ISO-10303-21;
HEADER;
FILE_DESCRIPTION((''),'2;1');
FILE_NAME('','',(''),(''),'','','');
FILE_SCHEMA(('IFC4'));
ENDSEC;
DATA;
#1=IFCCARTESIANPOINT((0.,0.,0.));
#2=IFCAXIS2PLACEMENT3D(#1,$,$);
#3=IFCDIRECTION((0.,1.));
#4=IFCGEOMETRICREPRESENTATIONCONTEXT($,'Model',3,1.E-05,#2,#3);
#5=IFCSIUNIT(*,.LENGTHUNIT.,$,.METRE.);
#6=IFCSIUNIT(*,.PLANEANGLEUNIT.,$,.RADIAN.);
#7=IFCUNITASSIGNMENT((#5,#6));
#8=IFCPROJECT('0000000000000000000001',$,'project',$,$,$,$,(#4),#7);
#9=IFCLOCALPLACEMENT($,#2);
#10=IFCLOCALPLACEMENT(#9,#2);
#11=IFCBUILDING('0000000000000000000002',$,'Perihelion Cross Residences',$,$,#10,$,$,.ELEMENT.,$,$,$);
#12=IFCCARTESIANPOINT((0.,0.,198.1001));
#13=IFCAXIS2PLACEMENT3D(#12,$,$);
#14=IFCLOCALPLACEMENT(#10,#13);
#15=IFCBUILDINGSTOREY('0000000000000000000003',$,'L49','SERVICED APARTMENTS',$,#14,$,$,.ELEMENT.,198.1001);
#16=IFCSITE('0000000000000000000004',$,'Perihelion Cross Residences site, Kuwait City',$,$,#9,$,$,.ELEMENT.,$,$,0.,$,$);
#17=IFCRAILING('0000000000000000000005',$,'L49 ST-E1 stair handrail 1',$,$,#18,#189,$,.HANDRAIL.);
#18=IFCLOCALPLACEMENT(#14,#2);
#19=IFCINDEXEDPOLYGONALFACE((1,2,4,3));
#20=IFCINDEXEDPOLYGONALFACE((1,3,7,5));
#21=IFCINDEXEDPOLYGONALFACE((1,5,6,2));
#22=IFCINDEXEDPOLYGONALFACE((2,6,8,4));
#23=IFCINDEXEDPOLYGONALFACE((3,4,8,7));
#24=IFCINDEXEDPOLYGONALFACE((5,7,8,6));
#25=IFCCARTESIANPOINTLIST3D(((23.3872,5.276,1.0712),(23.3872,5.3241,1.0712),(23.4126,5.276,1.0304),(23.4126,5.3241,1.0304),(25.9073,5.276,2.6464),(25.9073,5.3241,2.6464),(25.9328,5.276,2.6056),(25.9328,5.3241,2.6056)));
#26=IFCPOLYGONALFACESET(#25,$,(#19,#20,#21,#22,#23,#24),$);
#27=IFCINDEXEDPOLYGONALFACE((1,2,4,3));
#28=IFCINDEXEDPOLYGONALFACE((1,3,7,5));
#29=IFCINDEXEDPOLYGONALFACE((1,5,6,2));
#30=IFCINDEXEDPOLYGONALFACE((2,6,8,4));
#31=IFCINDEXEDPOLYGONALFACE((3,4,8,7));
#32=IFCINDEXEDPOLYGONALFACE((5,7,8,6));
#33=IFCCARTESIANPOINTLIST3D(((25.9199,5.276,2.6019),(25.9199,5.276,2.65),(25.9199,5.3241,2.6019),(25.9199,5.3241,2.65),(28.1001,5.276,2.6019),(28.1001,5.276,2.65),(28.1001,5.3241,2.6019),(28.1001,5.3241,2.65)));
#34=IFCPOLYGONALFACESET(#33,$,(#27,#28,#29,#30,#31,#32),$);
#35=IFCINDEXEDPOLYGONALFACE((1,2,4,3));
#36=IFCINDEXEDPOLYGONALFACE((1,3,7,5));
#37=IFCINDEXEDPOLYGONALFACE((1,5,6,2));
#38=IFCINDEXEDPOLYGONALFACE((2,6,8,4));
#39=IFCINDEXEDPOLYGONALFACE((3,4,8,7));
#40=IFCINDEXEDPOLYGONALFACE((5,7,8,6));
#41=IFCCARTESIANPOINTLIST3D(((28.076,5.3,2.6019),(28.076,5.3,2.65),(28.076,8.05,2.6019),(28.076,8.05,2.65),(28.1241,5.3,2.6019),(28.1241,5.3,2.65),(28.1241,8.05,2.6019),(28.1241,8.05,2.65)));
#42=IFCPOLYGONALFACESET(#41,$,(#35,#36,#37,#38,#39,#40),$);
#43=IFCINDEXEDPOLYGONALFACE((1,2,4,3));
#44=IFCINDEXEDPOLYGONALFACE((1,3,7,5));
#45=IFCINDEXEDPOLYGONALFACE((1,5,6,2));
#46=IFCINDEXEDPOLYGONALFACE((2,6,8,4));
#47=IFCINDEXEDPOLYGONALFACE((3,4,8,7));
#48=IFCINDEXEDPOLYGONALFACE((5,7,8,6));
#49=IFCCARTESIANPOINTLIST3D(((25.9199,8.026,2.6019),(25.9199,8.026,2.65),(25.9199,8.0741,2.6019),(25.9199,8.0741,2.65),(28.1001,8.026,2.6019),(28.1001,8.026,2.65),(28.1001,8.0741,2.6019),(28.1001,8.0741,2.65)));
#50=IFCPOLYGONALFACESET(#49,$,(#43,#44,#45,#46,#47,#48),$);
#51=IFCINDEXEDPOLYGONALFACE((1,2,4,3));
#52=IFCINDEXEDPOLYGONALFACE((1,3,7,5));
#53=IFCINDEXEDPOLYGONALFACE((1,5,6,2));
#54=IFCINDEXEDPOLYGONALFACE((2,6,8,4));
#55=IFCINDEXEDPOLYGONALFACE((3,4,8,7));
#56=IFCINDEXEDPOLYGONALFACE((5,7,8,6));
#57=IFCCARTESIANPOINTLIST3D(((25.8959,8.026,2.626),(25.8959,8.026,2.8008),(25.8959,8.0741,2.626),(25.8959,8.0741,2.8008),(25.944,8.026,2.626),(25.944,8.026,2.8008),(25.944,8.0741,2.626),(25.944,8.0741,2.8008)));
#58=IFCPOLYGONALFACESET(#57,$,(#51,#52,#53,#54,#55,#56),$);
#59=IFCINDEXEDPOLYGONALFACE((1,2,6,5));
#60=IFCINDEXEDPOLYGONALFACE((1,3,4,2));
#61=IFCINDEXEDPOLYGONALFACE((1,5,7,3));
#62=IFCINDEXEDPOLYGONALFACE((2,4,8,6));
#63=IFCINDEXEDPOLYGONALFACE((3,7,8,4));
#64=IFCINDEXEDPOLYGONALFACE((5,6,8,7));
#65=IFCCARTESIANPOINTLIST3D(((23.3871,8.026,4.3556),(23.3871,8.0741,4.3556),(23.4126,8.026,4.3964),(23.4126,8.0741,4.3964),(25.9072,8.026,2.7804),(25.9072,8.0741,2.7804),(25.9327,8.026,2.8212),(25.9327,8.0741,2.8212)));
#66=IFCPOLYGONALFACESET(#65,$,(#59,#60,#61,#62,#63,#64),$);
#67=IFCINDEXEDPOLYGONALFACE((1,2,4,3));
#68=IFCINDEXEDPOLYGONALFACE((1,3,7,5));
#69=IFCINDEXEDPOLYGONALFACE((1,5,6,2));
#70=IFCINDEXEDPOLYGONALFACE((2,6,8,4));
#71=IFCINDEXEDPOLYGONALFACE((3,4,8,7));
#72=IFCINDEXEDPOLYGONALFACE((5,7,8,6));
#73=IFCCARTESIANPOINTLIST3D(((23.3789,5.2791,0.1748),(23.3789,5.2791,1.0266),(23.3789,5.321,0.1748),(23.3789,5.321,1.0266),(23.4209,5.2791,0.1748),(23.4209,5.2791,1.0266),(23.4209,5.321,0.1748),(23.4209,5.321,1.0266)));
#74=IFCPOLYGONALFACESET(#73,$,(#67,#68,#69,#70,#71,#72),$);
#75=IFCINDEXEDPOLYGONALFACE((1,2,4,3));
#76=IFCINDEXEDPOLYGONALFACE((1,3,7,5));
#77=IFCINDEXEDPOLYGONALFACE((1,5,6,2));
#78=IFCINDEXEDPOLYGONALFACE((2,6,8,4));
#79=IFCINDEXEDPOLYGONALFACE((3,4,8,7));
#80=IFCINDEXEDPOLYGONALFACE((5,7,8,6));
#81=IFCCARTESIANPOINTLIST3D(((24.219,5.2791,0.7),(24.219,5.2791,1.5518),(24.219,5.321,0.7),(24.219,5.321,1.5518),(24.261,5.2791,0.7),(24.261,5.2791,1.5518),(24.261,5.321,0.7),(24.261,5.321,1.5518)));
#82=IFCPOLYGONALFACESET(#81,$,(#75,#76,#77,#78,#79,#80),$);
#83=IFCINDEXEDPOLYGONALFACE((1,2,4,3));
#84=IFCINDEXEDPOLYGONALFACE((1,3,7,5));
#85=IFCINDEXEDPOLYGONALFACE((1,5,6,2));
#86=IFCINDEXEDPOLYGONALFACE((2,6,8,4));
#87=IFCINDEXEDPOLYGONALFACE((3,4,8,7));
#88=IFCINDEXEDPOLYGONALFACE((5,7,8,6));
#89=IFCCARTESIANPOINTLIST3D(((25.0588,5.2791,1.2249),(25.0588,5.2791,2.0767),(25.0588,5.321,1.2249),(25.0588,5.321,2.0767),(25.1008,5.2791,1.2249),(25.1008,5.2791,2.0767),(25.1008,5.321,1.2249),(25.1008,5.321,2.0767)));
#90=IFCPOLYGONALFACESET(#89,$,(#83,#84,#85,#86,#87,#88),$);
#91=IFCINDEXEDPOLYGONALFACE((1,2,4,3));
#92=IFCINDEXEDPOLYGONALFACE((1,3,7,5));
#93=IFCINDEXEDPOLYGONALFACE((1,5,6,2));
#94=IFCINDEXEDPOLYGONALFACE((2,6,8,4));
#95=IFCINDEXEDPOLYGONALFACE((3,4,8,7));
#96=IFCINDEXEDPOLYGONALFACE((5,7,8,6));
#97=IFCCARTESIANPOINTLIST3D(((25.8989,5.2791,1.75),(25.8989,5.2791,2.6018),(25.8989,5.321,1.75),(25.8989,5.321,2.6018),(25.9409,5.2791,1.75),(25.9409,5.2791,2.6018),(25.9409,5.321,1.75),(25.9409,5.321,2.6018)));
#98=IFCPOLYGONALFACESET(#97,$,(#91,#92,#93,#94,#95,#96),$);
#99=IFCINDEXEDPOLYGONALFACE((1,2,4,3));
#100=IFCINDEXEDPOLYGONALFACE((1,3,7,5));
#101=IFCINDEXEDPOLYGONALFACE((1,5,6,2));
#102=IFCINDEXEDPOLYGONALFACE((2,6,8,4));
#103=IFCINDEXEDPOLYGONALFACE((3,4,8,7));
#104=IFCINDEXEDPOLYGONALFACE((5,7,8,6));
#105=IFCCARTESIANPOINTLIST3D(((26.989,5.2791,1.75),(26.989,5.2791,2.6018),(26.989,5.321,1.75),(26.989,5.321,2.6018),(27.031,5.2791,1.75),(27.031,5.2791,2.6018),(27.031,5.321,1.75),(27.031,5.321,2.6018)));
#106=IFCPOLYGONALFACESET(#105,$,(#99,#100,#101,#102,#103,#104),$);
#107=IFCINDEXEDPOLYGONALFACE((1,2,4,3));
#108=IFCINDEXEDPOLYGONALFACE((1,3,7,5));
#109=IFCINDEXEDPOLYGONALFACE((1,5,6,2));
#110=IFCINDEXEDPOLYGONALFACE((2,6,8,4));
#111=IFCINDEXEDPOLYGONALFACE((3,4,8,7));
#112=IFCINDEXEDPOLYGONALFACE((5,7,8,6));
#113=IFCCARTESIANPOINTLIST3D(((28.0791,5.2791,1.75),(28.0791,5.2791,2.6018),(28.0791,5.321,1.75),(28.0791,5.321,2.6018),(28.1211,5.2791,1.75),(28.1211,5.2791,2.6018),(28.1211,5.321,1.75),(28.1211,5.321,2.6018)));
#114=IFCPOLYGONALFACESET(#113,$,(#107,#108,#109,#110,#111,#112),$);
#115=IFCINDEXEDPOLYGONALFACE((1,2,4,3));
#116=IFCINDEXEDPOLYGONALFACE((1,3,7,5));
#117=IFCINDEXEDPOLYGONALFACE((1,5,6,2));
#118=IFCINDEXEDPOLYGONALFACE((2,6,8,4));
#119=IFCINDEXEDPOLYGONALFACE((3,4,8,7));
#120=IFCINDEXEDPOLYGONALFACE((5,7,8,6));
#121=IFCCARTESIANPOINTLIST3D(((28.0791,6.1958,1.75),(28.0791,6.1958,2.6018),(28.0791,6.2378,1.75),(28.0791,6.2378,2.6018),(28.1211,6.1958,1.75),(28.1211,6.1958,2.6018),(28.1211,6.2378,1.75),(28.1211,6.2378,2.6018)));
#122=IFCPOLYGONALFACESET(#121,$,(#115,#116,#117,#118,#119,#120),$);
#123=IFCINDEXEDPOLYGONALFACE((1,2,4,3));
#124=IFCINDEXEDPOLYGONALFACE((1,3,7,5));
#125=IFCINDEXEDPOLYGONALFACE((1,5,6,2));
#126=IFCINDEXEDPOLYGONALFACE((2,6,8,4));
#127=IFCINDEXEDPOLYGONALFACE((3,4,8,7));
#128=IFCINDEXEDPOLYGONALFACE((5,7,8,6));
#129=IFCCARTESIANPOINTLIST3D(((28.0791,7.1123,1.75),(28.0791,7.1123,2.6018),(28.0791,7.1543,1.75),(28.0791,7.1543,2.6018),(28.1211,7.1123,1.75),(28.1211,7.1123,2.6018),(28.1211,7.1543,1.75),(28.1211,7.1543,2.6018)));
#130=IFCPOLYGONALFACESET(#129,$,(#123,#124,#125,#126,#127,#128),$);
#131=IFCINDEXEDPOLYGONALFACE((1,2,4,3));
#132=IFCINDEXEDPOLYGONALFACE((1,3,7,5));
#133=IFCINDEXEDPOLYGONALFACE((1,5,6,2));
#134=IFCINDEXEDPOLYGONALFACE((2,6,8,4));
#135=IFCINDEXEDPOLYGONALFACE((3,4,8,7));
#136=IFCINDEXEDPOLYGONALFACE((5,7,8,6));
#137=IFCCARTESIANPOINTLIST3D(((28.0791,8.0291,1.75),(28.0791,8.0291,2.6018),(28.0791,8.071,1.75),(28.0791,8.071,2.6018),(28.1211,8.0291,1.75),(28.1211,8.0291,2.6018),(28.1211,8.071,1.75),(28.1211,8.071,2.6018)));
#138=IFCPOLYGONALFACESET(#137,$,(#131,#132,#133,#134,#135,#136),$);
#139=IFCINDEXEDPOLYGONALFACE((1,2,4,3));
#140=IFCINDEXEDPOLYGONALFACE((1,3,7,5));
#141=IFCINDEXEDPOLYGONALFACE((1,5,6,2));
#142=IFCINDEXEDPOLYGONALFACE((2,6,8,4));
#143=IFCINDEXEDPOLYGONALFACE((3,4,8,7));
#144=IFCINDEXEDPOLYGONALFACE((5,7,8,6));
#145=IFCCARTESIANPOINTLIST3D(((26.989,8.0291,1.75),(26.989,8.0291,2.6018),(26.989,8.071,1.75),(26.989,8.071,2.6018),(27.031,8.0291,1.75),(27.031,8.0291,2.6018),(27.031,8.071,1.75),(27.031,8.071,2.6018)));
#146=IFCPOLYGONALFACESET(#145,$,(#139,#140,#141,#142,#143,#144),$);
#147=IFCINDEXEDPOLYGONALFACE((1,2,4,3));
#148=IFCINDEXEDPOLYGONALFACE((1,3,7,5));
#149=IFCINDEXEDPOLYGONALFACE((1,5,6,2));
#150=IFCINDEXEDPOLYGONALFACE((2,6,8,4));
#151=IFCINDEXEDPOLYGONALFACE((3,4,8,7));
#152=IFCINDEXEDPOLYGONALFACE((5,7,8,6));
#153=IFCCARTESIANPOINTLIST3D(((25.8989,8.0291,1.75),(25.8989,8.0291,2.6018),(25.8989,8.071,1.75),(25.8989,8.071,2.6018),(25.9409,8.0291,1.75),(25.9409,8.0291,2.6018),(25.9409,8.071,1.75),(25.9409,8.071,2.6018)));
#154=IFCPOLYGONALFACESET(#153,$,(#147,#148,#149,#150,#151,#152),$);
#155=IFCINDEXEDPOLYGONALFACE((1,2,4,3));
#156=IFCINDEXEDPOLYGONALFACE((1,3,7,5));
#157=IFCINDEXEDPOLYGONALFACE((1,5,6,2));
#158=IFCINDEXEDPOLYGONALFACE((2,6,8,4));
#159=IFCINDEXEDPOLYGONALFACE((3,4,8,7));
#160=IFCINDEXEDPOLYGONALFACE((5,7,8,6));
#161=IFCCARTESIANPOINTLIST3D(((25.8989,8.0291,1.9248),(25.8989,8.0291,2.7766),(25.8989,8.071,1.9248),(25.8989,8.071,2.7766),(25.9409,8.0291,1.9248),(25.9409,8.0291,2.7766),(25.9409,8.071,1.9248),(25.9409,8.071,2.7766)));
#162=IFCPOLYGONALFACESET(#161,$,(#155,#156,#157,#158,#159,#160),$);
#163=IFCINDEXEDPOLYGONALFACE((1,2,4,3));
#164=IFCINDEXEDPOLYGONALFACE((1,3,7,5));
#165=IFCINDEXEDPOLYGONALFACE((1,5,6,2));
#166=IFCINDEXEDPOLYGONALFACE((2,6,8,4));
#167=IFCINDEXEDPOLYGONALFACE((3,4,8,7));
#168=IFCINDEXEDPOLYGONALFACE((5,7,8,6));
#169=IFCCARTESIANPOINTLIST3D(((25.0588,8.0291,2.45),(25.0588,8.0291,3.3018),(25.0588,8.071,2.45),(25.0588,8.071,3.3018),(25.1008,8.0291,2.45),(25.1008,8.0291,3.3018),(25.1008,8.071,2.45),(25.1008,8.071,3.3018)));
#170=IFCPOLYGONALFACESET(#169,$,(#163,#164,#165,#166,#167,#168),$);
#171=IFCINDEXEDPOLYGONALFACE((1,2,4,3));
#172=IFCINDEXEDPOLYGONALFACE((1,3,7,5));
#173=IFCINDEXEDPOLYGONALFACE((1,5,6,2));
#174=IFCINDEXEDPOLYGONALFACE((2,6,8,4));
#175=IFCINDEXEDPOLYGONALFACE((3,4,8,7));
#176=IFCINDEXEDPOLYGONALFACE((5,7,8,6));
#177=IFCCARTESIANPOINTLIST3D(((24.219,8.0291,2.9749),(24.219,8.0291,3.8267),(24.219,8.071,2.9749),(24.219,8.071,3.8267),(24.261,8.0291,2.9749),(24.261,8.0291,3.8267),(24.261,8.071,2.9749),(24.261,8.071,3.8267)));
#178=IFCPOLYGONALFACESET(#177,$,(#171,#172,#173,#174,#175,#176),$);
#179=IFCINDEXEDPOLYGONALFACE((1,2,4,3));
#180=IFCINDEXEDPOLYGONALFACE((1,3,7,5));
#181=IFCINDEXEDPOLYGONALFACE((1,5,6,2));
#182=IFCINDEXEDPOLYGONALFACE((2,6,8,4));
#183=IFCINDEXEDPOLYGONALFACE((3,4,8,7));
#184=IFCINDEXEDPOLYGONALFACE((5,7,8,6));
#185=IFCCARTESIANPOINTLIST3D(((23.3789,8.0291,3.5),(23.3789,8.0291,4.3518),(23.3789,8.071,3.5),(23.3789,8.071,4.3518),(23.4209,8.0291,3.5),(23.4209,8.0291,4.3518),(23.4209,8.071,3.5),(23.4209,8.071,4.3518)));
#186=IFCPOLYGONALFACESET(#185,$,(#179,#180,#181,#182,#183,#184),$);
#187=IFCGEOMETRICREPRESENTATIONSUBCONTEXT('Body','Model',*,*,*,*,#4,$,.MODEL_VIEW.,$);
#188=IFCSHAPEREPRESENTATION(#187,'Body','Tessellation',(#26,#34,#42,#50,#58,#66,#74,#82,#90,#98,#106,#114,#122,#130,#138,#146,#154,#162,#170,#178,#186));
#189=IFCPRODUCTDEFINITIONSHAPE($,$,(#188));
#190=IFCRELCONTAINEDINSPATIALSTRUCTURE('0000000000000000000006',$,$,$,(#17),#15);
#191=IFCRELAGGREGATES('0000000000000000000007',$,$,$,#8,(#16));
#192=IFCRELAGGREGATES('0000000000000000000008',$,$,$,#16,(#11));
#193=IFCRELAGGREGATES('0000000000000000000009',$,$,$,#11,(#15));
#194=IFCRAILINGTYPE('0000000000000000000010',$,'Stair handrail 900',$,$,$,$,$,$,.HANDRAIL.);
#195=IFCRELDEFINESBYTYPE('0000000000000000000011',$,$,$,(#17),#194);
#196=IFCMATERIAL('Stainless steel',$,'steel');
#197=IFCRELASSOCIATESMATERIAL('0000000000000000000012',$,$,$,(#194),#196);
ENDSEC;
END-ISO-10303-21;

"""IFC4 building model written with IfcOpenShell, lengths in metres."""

from ifc_helpers import new_model, si_unit, direction, frame, origin, origin_2d, place, context, subcontext, project, spatial, rectangle, extrude, material, type_object, element, save


model = new_model("IFC4")

# Units and contexts
model_context = context("Model", 3, precision=1e-05, world=origin(), true_north=direction((0.0, 1.0)))
body_context = subcontext(model_context, "Body", "Model", "MODEL_VIEW")
ifc_project = project(units=[si_unit("LENGTHUNIT", "METRE"), si_unit("PLANEANGLEUNIT", "RADIAN")], contexts=[model_context])

# Site, building, storey
site_placement = place(None, origin())
site = spatial("IfcSite", under=ifc_project, at=site_placement, Name="Perihelion Cross Residences site, Kuwait City", CompositionType="ELEMENT", RefElevation=0.0)
building_placement = place(site_placement, origin())
building = spatial("IfcBuilding", under=site, at=building_placement, Name="Perihelion Cross Residences", CompositionType="ELEMENT")
storey_placement = place(building_placement, frame((0.0, 0.0, 198.1001)))
storey = spatial("IfcBuildingStorey", under=building, at=storey_placement, Name="L49", Description="SERVICED APARTMENTS", CompositionType="ELEMENT", Elevation=198.1001)

# Railing
ifc_material_1 = material(Name="Stainless steel", Category="steel")
railing_type_1 = type_object("IfcRailingType", Name="Stair handrail 900", PredefinedType="HANDRAIL", material=ifc_material_1)
railing_1_placement = place(storey_placement, frame((23.3999, 5.3, 0.1748)))
element("IfcRailing", 1, at=railing_1_placement, inside=storey, type_object=railing_type_1, Name="L49 ST-E1 stair handrail 1", PredefinedType="HANDRAIL", context=body_context, shape_type="SweptSolid", body=[
    extrude(rectangle(XDim=0.0481, YDim=0.0481, at=origin_2d()), frame((0.0, 0.0, 0.876), z_axis=(0.847971, 0.0, 0.530043), x_axis=(0.0, 1.0, 0.0)), (0.0, 0.0, 1.0), 2.9719),
    extrude(rectangle(XDim=0.0481, YDim=0.0481, at=origin_2d()), frame((2.52, 0.0, 2.4512), z_axis=(1.0, 0.0, 0.0), x_axis=(0.0, 1.0, 0.0)), (0.0, 0.0, 1.0), 2.1802),
    extrude(rectangle(XDim=0.0481, YDim=0.0481, at=origin_2d()), frame((4.7002, 0.0, 2.4512), z_axis=(0.0, 1.0, 0.0), x_axis=(-1.0, 0.0, 0.0)), (0.0, 0.0, 1.0), 2.75),
    extrude(rectangle(XDim=0.0481, YDim=0.0481, at=origin_2d()), frame((4.7002, 2.75, 2.4512), z_axis=(-1.0, 0.0, 0.0), x_axis=(0.0, -1.0, 0.0)), (0.0, 0.0, 1.0), 2.1802),
    extrude(rectangle(XDim=0.0481, YDim=0.0481, at=origin_2d()), frame((2.52, 2.75, 2.4512), z_axis=(0.0, 0.0, 1.0), x_axis=(1.0, 0.0, 0.0)), (0.0, 0.0, 1.0), 0.1748),
    extrude(rectangle(XDim=0.0481, YDim=0.0481, at=origin_2d()), frame((2.52, 2.75, 2.626), z_axis=(-0.847971, 0.0, 0.530043), x_axis=(0.0, -1.0, 0.0)), (0.0, 0.0, 1.0), 2.9719),
    extrude(rectangle(XDim=0.042, YDim=0.042, at=origin_2d()), origin(), (0.0, 0.0, 1.0), 0.8518),
    extrude(rectangle(XDim=0.042, YDim=0.042, at=origin_2d()), frame((0.8401, 0.0, 0.5251)), (0.0, 0.0, 1.0), 0.8518),
    extrude(rectangle(XDim=0.042, YDim=0.042, at=origin_2d()), frame((1.6799, 0.0, 1.05)), (0.0, 0.0, 1.0), 0.8518),
    extrude(rectangle(XDim=0.042, YDim=0.042, at=origin_2d()), frame((2.52, 0.0, 1.5752)), (0.0, 0.0, 1.0), 0.8518),
    extrude(rectangle(XDim=0.042, YDim=0.042, at=origin_2d()), frame((3.6101, 0.0, 1.5752)), (0.0, 0.0, 1.0), 0.8518),
    extrude(rectangle(XDim=0.042, YDim=0.042, at=origin_2d()), frame((4.7002, 0.0, 1.5752)), (0.0, 0.0, 1.0), 0.8518),
    extrude(rectangle(XDim=0.042, YDim=0.042, at=origin_2d()), frame((4.7002, 0.9167, 1.5752)), (0.0, 0.0, 1.0), 0.8518),
    extrude(rectangle(XDim=0.042, YDim=0.042, at=origin_2d()), frame((4.7002, 1.8333, 1.5752)), (0.0, 0.0, 1.0), 0.8518),
    extrude(rectangle(XDim=0.042, YDim=0.042, at=origin_2d()), frame((4.7002, 2.75, 1.5752)), (0.0, 0.0, 1.0), 0.8518),
    extrude(rectangle(XDim=0.042, YDim=0.042, at=origin_2d()), frame((3.6101, 2.75, 1.5752)), (0.0, 0.0, 1.0), 0.8518),
    extrude(rectangle(XDim=0.042, YDim=0.042, at=origin_2d()), frame((2.52, 2.75, 1.5752)), (0.0, 0.0, 1.0), 0.8518),
    extrude(rectangle(XDim=0.042, YDim=0.042, at=origin_2d()), frame((2.52, 2.75, 1.75)), (0.0, 0.0, 1.0), 0.8518),
    extrude(rectangle(XDim=0.042, YDim=0.042, at=origin_2d()), frame((1.6799, 2.75, 2.2751)), (0.0, 0.0, 1.0), 0.8518),
    extrude(rectangle(XDim=0.042, YDim=0.042, at=origin_2d()), frame((0.8401, 2.75, 2.8)), (0.0, 0.0, 1.0), 0.8518),
    extrude(rectangle(XDim=0.042, YDim=0.042, at=origin_2d()), frame((0.0, 2.75, 3.3252)), (0.0, 0.0, 1.0), 0.8518),
])

save(model, "model.ifc")
